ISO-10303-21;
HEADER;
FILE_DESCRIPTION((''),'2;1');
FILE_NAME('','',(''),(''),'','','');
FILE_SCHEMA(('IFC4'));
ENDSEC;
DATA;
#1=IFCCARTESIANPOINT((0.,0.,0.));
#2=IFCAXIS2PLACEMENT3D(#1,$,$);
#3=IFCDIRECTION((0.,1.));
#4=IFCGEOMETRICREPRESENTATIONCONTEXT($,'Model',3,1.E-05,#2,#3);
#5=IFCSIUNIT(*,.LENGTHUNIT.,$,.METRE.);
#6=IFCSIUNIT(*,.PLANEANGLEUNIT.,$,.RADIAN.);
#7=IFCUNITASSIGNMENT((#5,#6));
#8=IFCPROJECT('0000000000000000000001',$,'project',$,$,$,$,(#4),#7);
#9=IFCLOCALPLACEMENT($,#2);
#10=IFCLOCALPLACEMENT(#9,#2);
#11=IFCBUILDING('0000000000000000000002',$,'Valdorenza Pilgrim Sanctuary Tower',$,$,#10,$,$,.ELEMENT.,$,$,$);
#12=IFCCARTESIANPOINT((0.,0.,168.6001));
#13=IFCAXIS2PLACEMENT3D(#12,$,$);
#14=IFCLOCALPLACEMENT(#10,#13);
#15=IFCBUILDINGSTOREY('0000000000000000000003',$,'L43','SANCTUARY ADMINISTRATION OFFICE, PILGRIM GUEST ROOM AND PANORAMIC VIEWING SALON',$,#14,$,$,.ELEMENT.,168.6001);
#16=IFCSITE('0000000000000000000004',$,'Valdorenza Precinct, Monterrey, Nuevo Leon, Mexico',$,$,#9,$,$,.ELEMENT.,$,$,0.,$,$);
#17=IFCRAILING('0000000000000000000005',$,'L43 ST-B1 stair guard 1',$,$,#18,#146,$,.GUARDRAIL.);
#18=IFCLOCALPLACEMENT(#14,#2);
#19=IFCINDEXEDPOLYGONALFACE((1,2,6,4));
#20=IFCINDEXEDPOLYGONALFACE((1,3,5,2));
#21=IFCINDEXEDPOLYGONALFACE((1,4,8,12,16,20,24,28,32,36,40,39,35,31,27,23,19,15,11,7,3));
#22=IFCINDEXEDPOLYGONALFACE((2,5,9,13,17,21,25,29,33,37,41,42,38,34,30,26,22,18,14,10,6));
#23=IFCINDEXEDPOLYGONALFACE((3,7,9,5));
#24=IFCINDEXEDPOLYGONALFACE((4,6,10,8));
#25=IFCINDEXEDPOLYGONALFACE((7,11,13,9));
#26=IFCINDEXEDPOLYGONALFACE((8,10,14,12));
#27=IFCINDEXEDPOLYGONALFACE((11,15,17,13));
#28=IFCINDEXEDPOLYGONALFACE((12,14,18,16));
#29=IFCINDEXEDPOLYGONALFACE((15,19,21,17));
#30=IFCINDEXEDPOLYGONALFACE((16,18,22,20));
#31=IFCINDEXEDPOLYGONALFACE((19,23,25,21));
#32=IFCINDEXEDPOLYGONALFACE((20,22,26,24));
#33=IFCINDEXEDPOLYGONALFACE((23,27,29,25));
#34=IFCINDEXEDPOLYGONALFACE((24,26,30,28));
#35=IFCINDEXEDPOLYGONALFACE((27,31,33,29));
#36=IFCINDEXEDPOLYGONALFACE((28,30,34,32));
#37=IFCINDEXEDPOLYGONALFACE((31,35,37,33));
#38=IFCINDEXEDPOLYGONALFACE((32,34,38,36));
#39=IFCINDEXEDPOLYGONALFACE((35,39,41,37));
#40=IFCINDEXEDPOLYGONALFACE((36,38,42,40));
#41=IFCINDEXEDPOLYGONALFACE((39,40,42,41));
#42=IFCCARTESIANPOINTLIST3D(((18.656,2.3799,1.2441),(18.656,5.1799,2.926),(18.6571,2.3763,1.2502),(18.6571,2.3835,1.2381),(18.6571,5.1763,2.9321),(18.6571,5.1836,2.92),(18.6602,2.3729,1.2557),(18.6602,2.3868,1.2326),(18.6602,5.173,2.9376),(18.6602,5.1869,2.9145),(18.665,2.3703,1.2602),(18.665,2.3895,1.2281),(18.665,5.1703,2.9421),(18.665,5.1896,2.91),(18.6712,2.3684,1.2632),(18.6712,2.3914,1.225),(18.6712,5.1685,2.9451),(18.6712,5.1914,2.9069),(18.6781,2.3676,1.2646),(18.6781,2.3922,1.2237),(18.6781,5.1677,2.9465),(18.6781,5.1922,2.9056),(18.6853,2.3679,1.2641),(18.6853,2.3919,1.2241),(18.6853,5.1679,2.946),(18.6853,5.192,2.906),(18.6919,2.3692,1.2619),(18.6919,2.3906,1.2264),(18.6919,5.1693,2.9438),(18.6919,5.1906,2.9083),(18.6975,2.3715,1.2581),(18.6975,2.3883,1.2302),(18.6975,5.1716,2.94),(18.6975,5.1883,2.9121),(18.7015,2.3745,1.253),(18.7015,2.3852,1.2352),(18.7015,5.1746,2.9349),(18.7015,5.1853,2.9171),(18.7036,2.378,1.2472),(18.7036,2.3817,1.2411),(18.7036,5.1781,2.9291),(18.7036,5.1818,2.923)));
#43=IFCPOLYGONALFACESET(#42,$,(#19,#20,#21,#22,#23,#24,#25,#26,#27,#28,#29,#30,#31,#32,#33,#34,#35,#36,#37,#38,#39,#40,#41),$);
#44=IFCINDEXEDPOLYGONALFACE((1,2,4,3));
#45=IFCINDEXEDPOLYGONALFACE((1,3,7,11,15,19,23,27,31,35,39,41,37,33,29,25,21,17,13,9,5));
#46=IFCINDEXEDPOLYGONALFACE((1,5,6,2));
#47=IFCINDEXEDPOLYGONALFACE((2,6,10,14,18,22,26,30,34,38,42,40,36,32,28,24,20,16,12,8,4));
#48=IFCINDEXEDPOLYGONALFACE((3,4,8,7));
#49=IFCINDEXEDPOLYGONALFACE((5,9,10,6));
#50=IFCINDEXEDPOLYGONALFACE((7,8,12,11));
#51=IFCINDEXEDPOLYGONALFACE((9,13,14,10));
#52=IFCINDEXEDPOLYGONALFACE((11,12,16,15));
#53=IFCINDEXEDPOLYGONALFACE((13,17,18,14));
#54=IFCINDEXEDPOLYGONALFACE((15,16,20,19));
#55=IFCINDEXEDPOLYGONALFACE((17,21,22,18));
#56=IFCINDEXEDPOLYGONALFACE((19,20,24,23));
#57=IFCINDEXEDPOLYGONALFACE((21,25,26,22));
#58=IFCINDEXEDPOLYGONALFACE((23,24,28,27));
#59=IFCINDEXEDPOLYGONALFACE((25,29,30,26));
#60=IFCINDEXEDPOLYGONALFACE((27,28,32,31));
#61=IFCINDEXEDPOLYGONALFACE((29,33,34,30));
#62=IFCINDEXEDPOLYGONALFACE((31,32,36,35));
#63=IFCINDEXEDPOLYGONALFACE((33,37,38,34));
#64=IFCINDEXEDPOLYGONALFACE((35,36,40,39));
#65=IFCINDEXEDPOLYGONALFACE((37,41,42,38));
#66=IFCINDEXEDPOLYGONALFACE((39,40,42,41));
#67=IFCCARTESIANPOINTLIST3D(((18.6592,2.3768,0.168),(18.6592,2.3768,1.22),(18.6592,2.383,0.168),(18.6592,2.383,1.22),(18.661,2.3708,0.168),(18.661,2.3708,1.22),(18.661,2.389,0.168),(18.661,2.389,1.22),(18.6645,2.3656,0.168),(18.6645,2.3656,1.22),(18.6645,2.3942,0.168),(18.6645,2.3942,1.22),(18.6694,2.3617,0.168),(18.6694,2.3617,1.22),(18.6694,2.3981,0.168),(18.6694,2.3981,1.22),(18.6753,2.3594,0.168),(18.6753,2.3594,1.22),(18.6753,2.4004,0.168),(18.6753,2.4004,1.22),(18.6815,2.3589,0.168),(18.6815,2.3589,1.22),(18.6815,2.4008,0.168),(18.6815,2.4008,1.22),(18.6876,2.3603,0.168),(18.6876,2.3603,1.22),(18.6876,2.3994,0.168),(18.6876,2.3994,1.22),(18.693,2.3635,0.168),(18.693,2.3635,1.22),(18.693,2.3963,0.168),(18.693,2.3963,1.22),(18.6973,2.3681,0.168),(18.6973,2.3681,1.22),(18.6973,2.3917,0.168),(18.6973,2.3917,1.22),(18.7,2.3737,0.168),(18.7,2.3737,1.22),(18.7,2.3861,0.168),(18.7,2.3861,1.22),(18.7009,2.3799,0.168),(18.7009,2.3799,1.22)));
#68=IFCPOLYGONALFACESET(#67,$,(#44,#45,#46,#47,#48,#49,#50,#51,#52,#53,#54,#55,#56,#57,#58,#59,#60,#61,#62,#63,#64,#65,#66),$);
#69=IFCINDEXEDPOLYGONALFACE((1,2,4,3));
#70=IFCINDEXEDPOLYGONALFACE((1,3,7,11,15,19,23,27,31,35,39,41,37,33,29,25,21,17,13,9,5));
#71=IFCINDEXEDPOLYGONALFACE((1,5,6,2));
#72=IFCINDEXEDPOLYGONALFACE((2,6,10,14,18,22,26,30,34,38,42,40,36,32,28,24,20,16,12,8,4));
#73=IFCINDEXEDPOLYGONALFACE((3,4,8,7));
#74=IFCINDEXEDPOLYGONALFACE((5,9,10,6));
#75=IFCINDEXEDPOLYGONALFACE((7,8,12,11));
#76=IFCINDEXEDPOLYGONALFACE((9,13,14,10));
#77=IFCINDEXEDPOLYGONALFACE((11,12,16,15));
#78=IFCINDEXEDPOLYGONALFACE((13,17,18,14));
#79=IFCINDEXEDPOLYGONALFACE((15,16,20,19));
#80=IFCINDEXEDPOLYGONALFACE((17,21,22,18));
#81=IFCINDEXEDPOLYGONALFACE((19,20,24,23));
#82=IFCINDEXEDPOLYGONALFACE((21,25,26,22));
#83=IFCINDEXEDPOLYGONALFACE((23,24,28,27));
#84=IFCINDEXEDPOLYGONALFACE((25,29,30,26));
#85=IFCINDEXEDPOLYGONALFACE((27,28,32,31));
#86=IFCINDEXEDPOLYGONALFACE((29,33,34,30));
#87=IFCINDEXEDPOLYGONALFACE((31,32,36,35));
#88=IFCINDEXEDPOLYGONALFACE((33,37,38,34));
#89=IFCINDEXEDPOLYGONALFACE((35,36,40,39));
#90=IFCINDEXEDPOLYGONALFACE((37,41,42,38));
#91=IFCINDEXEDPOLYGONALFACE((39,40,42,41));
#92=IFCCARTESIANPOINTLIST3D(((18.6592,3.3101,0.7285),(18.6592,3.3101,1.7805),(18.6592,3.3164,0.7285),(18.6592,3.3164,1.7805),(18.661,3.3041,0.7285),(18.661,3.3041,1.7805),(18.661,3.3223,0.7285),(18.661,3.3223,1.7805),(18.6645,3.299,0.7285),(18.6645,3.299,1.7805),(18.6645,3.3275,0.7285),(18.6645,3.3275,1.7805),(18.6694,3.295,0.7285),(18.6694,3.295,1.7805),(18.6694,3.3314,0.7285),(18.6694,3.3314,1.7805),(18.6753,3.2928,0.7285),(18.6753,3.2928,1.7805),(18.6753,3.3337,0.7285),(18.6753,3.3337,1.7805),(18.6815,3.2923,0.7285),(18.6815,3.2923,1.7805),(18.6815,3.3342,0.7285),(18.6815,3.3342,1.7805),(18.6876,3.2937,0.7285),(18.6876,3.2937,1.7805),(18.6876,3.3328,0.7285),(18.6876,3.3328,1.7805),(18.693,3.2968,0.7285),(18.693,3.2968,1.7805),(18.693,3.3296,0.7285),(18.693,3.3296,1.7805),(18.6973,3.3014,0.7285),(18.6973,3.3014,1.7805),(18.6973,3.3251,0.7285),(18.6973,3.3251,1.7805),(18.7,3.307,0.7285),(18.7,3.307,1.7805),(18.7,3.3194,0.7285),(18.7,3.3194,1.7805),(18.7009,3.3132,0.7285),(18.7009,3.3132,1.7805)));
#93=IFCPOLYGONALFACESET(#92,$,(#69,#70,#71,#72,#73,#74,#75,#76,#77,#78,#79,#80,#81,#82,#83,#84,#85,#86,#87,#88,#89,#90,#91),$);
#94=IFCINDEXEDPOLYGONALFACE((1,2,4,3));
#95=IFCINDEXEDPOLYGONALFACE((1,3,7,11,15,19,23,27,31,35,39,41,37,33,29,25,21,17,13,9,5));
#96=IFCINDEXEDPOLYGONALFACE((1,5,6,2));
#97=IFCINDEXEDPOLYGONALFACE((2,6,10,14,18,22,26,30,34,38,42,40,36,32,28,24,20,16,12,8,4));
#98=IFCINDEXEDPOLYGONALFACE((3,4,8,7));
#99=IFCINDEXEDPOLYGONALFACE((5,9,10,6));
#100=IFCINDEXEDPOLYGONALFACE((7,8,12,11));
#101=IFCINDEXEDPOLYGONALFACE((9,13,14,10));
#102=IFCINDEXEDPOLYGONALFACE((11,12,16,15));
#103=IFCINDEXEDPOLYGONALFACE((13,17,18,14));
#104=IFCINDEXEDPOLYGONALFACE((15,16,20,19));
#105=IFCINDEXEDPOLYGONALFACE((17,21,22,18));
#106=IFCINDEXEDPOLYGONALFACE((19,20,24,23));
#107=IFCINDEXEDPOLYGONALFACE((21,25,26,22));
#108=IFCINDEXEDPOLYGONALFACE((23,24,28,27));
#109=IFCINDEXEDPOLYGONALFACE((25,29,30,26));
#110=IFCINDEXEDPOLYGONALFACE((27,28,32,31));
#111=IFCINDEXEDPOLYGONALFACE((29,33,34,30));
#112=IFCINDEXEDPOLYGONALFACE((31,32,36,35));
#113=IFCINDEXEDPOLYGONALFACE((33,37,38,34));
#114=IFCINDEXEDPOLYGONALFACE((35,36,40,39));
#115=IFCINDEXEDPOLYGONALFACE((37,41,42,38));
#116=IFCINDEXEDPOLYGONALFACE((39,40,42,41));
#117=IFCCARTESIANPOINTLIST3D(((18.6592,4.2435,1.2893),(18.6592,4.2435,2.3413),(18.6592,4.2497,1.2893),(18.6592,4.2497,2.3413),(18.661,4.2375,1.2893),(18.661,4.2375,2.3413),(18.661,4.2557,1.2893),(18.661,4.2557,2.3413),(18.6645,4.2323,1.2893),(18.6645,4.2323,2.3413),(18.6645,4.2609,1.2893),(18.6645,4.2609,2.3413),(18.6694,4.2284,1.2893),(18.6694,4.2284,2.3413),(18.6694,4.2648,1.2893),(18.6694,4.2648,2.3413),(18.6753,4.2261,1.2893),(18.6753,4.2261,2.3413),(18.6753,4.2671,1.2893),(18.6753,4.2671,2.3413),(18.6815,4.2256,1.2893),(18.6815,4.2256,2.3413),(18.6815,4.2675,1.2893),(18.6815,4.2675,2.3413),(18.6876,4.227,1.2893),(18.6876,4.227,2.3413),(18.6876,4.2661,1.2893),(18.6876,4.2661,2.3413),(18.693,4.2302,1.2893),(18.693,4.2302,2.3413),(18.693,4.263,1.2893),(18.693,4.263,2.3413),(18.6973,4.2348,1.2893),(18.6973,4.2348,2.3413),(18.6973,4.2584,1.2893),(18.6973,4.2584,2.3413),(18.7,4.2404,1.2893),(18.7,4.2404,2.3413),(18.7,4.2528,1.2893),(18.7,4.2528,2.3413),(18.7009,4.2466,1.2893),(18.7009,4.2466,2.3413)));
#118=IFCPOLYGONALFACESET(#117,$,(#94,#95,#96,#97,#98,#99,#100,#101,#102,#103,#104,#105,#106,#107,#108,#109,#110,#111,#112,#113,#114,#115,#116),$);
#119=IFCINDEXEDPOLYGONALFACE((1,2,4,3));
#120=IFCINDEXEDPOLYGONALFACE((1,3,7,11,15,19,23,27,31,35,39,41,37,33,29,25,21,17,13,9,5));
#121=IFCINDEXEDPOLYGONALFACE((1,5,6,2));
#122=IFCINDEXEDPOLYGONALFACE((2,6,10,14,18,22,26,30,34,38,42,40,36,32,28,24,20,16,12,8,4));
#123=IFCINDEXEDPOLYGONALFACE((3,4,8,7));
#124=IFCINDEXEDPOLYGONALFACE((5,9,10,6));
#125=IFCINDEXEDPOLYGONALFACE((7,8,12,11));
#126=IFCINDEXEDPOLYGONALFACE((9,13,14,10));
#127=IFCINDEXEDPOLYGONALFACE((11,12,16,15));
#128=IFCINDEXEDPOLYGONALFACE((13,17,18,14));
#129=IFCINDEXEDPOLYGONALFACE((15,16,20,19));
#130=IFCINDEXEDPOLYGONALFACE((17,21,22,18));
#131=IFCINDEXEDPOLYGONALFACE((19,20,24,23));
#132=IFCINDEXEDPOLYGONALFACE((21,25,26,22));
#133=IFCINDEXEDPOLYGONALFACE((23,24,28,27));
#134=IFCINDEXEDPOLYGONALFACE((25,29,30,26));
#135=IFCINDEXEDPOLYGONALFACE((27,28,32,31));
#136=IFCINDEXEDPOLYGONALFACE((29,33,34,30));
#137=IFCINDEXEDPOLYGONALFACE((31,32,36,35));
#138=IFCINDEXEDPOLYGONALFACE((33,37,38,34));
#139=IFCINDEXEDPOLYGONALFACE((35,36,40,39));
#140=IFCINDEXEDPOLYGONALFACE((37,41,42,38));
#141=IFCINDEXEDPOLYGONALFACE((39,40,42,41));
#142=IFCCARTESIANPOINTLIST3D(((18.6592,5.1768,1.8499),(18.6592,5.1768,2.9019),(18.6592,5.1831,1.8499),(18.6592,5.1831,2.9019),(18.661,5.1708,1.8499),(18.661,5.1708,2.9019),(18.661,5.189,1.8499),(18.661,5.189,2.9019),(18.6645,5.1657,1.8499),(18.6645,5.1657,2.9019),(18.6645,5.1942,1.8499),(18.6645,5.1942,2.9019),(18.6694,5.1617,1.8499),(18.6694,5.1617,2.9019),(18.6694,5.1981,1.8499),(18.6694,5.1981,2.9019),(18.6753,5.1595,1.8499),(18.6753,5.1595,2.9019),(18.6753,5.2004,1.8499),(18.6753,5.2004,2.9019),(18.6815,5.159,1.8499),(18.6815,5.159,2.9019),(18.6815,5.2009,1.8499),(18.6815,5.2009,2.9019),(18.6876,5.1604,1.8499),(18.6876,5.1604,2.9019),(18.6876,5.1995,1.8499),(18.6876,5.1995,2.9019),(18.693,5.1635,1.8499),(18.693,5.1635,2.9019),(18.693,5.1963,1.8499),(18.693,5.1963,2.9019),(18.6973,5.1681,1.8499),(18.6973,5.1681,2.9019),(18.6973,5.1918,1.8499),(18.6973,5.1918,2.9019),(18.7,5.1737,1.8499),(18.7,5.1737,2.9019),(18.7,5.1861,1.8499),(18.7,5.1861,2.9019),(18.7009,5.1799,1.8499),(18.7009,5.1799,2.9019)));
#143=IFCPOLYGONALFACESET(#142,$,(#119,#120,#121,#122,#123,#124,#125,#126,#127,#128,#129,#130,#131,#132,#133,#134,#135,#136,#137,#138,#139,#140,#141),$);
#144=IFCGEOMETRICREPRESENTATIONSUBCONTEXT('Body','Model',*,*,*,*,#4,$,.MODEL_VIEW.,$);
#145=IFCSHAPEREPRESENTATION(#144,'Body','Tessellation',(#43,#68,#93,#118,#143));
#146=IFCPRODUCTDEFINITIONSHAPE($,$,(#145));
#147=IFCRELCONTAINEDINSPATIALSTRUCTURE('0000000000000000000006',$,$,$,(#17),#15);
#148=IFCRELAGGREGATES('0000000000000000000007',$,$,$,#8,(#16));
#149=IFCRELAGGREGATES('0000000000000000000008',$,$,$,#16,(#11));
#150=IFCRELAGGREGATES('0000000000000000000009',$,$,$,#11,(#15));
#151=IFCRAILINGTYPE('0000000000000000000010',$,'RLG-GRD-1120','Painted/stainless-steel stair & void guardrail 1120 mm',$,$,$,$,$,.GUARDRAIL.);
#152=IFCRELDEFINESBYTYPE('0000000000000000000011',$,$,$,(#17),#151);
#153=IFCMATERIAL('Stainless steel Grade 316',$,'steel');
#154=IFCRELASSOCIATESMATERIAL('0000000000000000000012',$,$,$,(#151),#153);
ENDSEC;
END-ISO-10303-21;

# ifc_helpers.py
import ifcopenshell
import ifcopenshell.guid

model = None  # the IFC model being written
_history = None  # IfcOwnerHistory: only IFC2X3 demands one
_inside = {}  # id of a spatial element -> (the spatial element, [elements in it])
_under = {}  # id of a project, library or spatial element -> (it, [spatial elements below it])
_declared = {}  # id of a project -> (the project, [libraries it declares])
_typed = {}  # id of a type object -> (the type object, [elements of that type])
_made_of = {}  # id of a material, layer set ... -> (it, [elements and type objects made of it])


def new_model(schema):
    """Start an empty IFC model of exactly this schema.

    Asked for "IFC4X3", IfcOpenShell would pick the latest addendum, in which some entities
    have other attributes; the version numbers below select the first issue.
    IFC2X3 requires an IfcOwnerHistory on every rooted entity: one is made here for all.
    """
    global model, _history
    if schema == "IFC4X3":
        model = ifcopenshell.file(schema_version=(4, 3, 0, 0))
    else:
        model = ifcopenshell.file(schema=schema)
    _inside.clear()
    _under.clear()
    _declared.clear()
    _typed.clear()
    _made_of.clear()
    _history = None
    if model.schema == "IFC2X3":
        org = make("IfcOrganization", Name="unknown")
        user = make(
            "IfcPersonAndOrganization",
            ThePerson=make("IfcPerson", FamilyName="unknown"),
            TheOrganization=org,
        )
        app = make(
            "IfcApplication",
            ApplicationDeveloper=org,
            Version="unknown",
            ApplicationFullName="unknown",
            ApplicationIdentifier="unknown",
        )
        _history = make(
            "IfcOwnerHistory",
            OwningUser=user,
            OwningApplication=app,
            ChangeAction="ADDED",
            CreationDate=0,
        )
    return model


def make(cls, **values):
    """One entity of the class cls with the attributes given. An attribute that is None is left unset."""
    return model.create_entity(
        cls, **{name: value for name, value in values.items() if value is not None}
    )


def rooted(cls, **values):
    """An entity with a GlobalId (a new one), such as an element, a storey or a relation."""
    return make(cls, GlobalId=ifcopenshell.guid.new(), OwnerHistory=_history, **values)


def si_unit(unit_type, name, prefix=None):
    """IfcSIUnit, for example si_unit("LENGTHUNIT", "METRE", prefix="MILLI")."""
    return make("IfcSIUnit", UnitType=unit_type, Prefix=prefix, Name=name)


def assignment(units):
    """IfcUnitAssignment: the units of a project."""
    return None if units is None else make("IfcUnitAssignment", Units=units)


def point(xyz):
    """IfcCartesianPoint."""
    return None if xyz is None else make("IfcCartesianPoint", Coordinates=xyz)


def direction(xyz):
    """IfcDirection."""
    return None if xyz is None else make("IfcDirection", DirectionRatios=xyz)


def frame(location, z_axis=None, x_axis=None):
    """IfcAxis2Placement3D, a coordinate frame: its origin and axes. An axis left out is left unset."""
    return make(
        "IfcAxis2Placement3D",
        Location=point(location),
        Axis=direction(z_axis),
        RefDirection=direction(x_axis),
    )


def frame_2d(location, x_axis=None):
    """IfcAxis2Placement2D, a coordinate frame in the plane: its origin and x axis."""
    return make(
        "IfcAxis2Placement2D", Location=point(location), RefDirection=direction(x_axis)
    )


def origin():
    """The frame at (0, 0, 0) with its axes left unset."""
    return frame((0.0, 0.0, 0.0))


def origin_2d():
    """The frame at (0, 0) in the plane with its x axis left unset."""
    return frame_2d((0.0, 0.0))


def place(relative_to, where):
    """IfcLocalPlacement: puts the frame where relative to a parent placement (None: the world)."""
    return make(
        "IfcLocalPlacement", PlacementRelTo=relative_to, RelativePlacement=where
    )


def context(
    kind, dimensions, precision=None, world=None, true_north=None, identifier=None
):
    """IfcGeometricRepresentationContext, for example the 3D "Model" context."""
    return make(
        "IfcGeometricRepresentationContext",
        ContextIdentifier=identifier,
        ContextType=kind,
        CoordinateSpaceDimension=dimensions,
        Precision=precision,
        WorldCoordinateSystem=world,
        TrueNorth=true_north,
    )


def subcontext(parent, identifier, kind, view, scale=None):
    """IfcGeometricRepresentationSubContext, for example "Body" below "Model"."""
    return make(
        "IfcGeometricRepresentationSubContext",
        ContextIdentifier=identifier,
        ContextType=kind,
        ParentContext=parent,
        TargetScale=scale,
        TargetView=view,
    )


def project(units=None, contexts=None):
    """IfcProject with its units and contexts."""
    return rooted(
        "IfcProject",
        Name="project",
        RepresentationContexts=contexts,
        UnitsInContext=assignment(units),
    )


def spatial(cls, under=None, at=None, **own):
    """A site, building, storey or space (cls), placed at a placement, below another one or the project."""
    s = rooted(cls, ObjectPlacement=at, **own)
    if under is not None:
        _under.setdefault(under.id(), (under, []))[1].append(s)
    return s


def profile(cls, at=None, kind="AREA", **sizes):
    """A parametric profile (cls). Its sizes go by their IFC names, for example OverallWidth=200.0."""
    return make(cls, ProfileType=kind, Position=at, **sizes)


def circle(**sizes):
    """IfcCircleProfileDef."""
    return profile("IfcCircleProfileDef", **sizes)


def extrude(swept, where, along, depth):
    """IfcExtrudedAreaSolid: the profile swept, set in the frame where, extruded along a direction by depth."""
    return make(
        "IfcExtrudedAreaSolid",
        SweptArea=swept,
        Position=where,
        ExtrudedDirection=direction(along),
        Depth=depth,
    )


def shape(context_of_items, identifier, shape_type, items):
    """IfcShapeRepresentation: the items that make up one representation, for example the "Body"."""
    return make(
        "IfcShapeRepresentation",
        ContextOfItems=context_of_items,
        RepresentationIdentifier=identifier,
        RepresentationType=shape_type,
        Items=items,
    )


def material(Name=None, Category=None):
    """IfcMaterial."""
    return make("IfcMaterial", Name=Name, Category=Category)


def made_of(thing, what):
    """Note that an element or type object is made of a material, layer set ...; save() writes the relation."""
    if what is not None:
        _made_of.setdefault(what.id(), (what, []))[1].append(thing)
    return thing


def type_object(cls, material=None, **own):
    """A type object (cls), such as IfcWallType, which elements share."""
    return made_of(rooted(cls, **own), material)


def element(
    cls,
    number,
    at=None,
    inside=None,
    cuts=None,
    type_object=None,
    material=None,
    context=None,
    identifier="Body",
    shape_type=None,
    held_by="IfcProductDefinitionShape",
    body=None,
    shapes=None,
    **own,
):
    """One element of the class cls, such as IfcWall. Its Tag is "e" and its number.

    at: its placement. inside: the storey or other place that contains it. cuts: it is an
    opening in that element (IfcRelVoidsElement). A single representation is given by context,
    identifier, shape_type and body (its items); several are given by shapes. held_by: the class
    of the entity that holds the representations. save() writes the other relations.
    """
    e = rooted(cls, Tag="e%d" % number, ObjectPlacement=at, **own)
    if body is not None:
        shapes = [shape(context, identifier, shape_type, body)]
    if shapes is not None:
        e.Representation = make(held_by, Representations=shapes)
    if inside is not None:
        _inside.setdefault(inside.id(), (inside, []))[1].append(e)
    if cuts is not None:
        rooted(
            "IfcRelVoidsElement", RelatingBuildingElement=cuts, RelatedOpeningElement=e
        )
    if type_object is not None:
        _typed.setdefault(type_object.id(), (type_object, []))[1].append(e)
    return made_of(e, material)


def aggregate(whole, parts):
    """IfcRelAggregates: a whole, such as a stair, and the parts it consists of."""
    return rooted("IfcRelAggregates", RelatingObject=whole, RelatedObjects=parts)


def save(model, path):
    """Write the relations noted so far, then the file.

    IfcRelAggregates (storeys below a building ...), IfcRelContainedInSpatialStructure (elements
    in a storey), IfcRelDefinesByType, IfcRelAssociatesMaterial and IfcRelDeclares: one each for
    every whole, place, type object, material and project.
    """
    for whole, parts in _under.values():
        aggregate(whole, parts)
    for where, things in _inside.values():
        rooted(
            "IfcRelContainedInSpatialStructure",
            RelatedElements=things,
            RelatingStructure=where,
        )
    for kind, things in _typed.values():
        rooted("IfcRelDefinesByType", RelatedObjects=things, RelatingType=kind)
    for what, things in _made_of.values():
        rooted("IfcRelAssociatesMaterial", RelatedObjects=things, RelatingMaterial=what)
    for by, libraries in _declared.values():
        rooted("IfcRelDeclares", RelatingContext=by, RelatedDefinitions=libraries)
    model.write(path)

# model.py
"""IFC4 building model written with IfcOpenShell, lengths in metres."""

from ifc_helpers import new_model, si_unit, direction, frame, origin, origin_2d, place, context, subcontext, project, spatial, circle, extrude, material, type_object, element, save


model = new_model("IFC4")

# Units and contexts
model_context = context("Model", 3, precision=1e-05, world=origin(), true_north=direction((0.0, 1.0)))
body_context = subcontext(model_context, "Body", "Model", "MODEL_VIEW")
ifc_project = project(units=[si_unit("LENGTHUNIT", "METRE"), si_unit("PLANEANGLEUNIT", "RADIAN")], contexts=[model_context])

# Site, building, storey
site_placement = place(None, origin())
site = spatial("IfcSite", under=ifc_project, at=site_placement, Name="Valdorenza Precinct, Monterrey, Nuevo Leon, Mexico", CompositionType="ELEMENT", RefElevation=0.0)
building_placement = place(site_placement, origin())
building = spatial("IfcBuilding", under=site, at=building_placement, Name="Valdorenza Pilgrim Sanctuary Tower", CompositionType="ELEMENT")
storey_placement = place(building_placement, frame((0.0, 0.0, 168.6001)))
storey = spatial("IfcBuildingStorey", under=building, at=storey_placement, Name="L43", Description="SANCTUARY ADMINISTRATION OFFICE, PILGRIM GUEST ROOM AND PANORAMIC VIEWING SALON", CompositionType="ELEMENT", Elevation=168.6001)

# Railing
ifc_material_1 = material(Name="Stainless steel Grade 316", Category="steel")
railing_type_1 = type_object("IfcRailingType", Name="RLG-GRD-1120", Description="Painted/stainless-steel stair & void guardrail 1120 mm", PredefinedType="GUARDRAIL", material=ifc_material_1)
railing_1_placement = place(storey_placement, frame((18.6799, 2.3799, 0.168)))
element("IfcRailing", 1, at=railing_1_placement, inside=storey, type_object=railing_type_1, Name="L43 ST-B1 stair guard 1", PredefinedType="GUARDRAIL", context=body_context, shape_type="SweptSolid", body=[
    extrude(circle(Radius=0.0239, at=origin_2d()), frame((0.0, 0.0, 1.0762), z_axis=(0.0, 0.857242, 0.514913), x_axis=(-1.0, 0.0, 0.0)), (0.0, 0.0, 1.0), 3.2664),
    extrude(circle(Radius=0.021, at=origin_2d()), origin(), (0.0, 0.0, 1.0), 1.052),
    extrude(circle(Radius=0.021, at=origin_2d()), frame((0.0, 0.9333, 0.5605)), (0.0, 0.0, 1.0), 1.052),
    extrude(circle(Radius=0.021, at=origin_2d()), frame((0.0, 1.8667, 1.1213)), (0.0, 0.0, 1.0), 1.052),
    extrude(circle(Radius=0.021, at=origin_2d()), frame((0.0, 2.8, 1.6819)), (0.0, 0.0, 1.0), 1.052),
])

save(model, "model.ifc")
